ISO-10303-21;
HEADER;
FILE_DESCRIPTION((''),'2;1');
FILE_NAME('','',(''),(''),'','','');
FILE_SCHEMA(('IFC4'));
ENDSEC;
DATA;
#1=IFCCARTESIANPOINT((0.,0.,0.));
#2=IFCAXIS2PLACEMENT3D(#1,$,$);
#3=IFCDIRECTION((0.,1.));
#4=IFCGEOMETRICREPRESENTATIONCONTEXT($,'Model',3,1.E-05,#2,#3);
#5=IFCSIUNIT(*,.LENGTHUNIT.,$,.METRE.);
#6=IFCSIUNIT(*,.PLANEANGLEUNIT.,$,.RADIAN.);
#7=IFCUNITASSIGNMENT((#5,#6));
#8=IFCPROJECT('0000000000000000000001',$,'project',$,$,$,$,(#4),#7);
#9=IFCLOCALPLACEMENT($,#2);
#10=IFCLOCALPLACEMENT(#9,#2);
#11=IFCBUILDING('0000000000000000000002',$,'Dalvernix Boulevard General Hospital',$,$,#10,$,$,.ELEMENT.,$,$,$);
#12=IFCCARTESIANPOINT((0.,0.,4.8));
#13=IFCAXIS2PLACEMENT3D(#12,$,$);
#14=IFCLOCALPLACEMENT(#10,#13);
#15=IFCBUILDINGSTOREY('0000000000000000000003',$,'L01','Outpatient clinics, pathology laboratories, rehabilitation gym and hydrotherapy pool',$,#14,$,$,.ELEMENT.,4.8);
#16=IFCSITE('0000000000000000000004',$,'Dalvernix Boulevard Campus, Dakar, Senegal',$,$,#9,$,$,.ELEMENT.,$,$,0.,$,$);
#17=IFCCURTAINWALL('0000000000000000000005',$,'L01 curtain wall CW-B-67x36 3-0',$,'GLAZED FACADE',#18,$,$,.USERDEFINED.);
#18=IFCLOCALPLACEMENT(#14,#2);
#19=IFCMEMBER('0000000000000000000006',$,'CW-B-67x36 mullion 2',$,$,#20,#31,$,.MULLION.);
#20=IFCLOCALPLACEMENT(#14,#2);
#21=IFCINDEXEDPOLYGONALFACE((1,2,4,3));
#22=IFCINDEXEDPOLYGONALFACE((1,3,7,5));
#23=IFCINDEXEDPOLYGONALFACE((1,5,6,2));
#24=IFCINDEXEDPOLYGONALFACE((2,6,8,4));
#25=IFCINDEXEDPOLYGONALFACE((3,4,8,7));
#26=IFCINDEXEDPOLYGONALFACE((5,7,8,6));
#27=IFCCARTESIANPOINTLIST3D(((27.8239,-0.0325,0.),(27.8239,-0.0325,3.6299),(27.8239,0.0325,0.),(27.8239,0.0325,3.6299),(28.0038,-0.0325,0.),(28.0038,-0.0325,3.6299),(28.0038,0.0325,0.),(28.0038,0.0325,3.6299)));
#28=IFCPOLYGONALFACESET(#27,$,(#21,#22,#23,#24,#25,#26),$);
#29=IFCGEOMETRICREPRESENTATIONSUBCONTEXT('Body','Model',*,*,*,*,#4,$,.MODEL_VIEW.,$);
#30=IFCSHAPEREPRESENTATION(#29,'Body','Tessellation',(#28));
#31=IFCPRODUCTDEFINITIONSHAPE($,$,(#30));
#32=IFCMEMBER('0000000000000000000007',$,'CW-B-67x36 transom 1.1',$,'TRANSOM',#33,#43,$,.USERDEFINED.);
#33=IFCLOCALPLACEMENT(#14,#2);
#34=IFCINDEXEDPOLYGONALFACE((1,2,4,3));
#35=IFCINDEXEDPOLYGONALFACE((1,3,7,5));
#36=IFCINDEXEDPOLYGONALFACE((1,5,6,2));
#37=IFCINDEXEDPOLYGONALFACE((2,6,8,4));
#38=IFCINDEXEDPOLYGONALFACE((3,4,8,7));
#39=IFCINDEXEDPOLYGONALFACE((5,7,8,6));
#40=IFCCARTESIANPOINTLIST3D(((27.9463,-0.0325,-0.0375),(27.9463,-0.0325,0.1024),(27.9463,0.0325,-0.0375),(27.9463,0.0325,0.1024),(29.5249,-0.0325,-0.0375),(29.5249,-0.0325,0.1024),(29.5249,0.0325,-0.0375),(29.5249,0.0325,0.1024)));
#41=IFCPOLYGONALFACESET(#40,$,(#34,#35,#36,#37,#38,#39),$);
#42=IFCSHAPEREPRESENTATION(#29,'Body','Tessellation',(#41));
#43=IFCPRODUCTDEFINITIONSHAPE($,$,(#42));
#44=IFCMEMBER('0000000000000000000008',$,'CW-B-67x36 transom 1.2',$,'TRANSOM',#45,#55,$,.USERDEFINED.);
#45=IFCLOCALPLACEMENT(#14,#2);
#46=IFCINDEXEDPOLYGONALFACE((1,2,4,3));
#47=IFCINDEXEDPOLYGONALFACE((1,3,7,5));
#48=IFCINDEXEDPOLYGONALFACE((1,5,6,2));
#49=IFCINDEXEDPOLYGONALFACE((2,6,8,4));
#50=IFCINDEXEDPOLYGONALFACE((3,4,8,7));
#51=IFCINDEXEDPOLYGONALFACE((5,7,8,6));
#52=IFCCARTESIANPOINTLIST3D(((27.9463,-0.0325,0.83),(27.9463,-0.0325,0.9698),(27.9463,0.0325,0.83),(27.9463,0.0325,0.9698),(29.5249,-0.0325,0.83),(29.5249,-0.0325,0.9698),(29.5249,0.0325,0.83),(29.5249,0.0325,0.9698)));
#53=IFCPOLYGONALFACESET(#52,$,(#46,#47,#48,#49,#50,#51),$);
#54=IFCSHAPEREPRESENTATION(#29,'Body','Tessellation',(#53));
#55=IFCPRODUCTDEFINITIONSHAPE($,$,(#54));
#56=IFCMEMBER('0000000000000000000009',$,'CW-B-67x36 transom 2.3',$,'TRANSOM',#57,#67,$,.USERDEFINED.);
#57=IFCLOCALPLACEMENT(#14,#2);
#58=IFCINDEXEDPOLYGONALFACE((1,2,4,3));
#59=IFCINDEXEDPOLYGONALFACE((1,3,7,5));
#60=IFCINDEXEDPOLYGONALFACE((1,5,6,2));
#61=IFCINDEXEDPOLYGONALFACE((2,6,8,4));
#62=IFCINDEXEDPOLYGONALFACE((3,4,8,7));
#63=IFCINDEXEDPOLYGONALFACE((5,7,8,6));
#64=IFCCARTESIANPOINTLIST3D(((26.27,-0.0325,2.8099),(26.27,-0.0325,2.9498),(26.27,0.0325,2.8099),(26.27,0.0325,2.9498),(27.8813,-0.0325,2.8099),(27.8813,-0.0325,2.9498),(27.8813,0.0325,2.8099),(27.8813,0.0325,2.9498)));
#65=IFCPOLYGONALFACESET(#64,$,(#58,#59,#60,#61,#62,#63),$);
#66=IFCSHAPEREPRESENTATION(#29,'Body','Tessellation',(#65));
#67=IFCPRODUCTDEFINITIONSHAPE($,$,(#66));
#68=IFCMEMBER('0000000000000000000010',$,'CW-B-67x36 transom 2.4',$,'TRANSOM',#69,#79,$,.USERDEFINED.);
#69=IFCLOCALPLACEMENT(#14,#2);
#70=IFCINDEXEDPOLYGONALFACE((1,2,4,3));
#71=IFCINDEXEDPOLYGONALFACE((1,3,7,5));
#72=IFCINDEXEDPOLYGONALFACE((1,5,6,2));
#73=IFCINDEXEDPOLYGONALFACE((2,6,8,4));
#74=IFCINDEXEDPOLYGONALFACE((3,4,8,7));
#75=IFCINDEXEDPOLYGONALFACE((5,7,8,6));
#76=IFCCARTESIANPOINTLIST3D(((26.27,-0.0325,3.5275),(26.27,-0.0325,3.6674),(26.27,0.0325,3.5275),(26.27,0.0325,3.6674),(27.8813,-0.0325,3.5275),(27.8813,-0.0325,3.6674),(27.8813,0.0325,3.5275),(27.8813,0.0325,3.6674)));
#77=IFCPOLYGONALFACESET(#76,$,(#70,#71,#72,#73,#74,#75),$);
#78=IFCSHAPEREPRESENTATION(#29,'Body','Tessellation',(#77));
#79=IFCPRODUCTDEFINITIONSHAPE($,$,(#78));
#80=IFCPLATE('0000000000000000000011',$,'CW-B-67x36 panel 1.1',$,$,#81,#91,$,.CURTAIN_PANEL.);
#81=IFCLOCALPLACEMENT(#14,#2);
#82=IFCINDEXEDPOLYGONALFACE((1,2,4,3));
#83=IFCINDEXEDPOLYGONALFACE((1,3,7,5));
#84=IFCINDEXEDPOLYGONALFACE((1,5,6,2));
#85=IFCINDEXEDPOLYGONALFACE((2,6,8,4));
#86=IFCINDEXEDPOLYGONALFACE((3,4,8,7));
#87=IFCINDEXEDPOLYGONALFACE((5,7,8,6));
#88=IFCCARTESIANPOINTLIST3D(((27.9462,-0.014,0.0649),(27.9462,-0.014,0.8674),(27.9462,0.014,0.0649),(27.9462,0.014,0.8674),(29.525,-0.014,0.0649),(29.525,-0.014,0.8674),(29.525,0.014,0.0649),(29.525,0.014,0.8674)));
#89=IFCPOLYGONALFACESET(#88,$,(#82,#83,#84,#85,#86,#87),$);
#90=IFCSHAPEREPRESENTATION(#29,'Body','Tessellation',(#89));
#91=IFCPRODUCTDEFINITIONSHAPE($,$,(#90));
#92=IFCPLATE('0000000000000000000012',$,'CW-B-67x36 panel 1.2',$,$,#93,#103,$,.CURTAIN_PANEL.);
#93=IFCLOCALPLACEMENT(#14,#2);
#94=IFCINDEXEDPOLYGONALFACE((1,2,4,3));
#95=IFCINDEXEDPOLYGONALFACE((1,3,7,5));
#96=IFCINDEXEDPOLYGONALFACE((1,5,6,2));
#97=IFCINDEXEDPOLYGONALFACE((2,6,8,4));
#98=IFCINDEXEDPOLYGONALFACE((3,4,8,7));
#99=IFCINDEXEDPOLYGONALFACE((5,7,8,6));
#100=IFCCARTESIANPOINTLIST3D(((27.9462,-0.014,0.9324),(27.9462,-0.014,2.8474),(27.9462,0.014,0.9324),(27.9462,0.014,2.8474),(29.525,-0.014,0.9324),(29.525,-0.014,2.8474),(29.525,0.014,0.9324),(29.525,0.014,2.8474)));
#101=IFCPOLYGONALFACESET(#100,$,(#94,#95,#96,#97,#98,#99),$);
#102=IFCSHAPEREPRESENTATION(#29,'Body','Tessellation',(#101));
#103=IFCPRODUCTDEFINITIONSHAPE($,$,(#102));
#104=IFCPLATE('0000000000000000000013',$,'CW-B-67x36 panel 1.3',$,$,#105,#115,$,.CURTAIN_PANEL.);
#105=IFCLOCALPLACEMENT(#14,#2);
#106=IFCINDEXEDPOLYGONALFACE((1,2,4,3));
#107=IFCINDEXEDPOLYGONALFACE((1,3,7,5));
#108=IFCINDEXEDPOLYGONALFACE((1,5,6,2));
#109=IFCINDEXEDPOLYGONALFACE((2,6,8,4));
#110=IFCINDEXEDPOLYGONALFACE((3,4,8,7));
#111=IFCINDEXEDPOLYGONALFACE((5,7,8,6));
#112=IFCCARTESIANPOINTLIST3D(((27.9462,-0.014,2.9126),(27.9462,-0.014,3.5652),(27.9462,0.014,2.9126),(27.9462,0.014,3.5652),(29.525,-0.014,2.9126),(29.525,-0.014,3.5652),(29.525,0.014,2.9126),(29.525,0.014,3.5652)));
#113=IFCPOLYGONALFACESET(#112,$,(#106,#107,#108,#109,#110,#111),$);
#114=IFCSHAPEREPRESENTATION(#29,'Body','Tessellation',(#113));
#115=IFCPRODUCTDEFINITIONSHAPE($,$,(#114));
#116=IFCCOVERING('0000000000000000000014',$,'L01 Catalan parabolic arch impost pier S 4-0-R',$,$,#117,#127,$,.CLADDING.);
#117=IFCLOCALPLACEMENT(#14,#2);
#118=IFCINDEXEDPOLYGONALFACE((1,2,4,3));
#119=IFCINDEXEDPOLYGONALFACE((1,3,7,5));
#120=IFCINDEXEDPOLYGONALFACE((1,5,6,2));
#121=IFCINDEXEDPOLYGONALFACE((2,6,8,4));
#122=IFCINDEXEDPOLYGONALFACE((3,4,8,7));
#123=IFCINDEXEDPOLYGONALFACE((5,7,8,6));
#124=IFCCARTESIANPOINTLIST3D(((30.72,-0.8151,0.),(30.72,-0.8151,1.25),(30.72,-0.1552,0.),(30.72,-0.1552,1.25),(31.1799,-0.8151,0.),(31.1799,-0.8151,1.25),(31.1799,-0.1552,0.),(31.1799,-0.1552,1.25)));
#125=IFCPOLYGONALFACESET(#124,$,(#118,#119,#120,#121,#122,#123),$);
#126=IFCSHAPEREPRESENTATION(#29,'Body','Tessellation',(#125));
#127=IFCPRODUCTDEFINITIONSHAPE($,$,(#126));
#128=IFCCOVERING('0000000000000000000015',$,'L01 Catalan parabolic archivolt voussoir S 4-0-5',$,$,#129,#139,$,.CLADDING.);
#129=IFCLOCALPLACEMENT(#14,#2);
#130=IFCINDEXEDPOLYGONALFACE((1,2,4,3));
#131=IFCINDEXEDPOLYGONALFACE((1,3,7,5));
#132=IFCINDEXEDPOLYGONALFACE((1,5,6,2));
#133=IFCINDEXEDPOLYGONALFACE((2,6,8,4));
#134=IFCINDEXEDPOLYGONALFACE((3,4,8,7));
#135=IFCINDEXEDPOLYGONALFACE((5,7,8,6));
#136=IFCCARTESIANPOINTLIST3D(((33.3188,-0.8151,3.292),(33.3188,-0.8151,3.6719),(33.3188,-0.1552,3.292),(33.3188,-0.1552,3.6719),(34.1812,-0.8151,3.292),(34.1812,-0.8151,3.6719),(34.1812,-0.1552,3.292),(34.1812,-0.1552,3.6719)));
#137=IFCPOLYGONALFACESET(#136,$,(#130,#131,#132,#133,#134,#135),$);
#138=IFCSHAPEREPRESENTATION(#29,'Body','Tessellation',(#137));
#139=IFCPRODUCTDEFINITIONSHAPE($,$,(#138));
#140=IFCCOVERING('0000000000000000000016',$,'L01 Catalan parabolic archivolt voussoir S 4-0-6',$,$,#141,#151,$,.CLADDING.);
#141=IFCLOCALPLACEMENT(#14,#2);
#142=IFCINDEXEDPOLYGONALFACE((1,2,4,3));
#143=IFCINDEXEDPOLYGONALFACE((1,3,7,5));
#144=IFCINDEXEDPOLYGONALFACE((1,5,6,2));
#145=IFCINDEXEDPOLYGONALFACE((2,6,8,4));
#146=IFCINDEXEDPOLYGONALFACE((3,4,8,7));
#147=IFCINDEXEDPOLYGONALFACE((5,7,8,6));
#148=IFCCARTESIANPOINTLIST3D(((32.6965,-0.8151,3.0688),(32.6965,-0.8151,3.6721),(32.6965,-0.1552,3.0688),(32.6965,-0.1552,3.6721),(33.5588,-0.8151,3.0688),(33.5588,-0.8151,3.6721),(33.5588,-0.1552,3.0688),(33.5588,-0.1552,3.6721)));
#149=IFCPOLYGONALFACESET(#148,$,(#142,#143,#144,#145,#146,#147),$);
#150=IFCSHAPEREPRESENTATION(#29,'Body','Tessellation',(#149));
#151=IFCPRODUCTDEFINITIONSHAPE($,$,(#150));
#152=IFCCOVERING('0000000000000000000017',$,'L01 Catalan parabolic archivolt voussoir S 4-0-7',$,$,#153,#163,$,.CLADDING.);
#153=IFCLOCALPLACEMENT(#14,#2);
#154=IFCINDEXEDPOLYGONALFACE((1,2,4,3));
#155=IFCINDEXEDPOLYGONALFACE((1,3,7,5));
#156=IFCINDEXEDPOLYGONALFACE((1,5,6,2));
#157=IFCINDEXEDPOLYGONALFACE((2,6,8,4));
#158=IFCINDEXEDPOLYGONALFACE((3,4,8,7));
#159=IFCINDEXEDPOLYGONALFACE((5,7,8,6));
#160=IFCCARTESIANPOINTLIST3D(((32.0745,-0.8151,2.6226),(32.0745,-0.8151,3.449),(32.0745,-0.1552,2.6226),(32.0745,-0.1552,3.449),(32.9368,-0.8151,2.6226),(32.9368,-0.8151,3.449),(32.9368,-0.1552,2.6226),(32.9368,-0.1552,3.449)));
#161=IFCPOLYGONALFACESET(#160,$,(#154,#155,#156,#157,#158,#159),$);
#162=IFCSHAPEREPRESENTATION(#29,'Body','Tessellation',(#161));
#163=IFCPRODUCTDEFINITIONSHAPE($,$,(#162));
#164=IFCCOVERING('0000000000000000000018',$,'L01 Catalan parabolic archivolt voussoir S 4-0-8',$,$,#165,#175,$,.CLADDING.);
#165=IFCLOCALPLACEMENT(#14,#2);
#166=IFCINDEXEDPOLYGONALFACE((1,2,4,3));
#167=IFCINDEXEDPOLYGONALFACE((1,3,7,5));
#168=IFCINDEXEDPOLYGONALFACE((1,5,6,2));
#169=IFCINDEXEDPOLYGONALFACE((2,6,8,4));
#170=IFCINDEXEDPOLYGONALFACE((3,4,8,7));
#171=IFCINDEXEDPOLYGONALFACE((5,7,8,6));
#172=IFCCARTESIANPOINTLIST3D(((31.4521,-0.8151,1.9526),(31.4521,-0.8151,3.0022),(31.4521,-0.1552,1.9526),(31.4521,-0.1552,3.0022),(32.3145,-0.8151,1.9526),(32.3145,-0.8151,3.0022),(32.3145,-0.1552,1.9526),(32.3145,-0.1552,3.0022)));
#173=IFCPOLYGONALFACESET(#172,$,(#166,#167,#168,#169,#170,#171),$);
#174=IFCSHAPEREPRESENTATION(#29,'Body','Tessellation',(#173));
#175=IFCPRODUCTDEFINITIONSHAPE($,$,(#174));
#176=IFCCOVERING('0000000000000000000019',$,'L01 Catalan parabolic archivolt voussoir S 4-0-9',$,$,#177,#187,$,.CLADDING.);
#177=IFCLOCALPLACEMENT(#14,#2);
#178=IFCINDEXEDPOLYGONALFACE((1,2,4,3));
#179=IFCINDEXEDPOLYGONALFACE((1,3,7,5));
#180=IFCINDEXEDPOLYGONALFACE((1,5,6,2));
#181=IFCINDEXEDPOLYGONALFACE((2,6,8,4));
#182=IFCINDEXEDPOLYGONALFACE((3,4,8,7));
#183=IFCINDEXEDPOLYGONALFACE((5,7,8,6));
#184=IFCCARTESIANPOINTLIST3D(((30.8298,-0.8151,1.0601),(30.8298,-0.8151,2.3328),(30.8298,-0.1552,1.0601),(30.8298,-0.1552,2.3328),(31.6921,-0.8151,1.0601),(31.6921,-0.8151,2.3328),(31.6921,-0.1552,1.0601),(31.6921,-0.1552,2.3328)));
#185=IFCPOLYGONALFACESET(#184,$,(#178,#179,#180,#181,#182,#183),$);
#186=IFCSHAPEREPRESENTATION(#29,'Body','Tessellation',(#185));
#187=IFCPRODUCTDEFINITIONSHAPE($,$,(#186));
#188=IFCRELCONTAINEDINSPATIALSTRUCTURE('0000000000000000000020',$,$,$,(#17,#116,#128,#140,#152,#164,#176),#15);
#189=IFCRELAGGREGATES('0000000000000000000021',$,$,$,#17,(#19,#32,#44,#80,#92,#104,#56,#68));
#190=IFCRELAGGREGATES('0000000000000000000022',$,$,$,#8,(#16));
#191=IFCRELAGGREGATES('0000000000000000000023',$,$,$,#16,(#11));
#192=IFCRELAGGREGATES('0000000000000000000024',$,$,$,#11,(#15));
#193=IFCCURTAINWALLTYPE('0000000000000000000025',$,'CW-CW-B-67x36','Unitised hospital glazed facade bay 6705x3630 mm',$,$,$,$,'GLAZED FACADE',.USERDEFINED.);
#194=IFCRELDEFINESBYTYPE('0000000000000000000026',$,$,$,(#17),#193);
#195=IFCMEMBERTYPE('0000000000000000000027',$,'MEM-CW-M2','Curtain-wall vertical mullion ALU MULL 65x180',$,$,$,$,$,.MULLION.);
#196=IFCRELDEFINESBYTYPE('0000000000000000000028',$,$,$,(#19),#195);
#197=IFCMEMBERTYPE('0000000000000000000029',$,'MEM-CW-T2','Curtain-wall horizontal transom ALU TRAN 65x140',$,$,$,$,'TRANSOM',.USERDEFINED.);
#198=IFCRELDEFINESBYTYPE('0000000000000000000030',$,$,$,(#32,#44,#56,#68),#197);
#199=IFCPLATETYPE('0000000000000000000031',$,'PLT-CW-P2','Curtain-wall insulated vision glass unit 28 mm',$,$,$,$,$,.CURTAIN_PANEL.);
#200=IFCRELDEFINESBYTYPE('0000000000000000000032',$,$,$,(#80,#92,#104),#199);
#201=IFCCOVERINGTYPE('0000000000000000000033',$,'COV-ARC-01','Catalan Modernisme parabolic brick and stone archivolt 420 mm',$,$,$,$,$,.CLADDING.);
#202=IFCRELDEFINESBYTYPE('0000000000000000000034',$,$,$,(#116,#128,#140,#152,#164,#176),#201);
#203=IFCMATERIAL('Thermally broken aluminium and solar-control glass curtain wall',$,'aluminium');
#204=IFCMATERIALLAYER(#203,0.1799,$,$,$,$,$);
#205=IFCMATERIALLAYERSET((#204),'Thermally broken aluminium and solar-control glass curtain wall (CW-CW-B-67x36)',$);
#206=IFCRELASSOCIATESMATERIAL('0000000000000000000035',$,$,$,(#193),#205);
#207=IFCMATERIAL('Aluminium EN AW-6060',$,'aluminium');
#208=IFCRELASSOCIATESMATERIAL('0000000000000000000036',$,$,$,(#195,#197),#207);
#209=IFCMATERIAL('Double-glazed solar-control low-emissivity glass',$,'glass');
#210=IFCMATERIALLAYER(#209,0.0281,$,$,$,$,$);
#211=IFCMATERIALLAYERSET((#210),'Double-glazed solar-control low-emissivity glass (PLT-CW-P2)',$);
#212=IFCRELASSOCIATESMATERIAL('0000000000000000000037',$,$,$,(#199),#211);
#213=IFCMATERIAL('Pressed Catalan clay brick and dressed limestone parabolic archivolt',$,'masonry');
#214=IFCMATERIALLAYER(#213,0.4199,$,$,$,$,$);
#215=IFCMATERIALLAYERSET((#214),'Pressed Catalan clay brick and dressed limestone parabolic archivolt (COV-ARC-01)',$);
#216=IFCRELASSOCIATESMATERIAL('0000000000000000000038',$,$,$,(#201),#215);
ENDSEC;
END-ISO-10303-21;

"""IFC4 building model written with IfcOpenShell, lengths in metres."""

from ifc_helpers import new_model, si_unit, direction, frame, origin, origin_2d, place, context, subcontext, project, spatial, rectangle, extrude, material, layer, layer_set, material_profile, profile_set, type_object, element, aggregate, save


model = new_model("IFC4")

# Units and contexts
model_context = context("Model", 3, precision=1e-05, world=origin(), true_north=direction((0.0, 1.0)))
body_context = subcontext(model_context, "Body", "Model", "MODEL_VIEW")
ifc_project = project(units=[si_unit("LENGTHUNIT", "METRE"), si_unit("PLANEANGLEUNIT", "RADIAN")], contexts=[model_context])

# Site, building, storey
site_placement = place(None, origin())
site = spatial("IfcSite", under=ifc_project, at=site_placement, Name="Dalvernix Boulevard Campus, Dakar, Senegal", CompositionType="ELEMENT", RefElevation=0.0)
building_placement = place(site_placement, origin())
building = spatial("IfcBuilding", under=site, at=building_placement, Name="Dalvernix Boulevard General Hospital", CompositionType="ELEMENT")
storey_placement = place(building_placement, frame((0.0, 0.0, 4.8)))
storey = spatial("IfcBuildingStorey", under=building, at=storey_placement, Name="L01", Description="Outpatient clinics, pathology laboratories, rehabilitation gym and hydrotherapy pool", CompositionType="ELEMENT", Elevation=4.8)

# Curtain wall, members, plates
ifc_material_1 = material(Name="Thermally broken aluminium and solar-control glass curtain wall", Category="aluminium")
ifc_layer_1 = layer(ifc_material_1, 0.1799)
ifc_layer_set_1 = layer_set([ifc_layer_1], Name="Thermally broken aluminium and solar-control glass curtain wall (CW-CW-B-67x36)")
curtain_wall_type = type_object("IfcCurtainWallType", Name="CW-CW-B-67x36", Description="Unitised hospital glazed facade bay 6705x3630 mm", ElementType="GLAZED FACADE", PredefinedType="USERDEFINED", material=ifc_layer_set_1)
curtain_wall_placement = place(storey_placement, origin())
curtain_wall = element("IfcCurtainWall", 1, at=curtain_wall_placement, inside=storey, type_object=curtain_wall_type, Name="L01 curtain wall CW-B-67x36 3-0", ObjectType="GLAZED FACADE", PredefinedType="USERDEFINED")
ifc_material_2 = material(Name="Aluminium EN AW-6060", Category="aluminium")
ifc_material_profile_1 = material_profile(ifc_material_2, rectangle(XDim=0.0649, YDim=0.1799, at=origin_2d()), Name="ALU MULL 65x180")
ifc_profile_set_1 = profile_set([ifc_material_profile_1], Name="Aluminium EN AW-6060")
member_type_1 = type_object("IfcMemberType", Name="MEM-CW-M2", Description="Curtain-wall vertical mullion ALU MULL 65x180", PredefinedType="MULLION", material=ifc_profile_set_1)
member_1_placement = place(storey_placement, frame((27.9138, 0.0, 0.0), z_axis=(0.0, 0.0, 1.0), x_axis=(0.0, -1.0, 0.0)))
member_1 = element("IfcMember", 2, at=member_1_placement, type_object=member_type_1, Name="CW-B-67x36 mullion 2", PredefinedType="MULLION", context=body_context, shape_type="SweptSolid", body=[
    extrude(rectangle(XDim=0.0649, YDim=0.1799, at=origin_2d()), origin(), (0.0, 0.0, 1.0), 3.6299),
])
ifc_material_profile_2 = material_profile(ifc_material_2, rectangle(XDim=0.0649, YDim=0.1399, at=origin_2d()), Name="ALU TRAN 65x140")
ifc_profile_set_2 = profile_set([ifc_material_profile_2], Name="Aluminium EN AW-6060")
member_type_2 = type_object("IfcMemberType", Name="MEM-CW-T2", Description="Curtain-wall horizontal transom ALU TRAN 65x140", ElementType="TRANSOM", PredefinedType="USERDEFINED", material=ifc_profile_set_2)
member_2_placement = place(storey_placement, frame((29.5249, 0.0, 0.0325), z_axis=(-1.0, 0.0, 0.0), x_axis=(0.0, -1.0, 0.0)))
member_2 = element("IfcMember", 3, at=member_2_placement, type_object=member_type_2, Name="CW-B-67x36 transom 1.1", ObjectType="TRANSOM", PredefinedType="USERDEFINED", context=body_context, shape_type="SweptSolid", body=[
    extrude(rectangle(XDim=0.0649, YDim=0.1399, at=origin_2d()), origin(), (0.0, 0.0, 1.0), 1.5786),
])
member_3_placement = place(storey_placement, frame((29.5249, 0.0, 0.8999), z_axis=(-1.0, 0.0, 0.0), x_axis=(0.0, -1.0, 0.0)))
member_3 = element("IfcMember", 4, at=member_3_placement, type_object=member_type_2, Name="CW-B-67x36 transom 1.2", ObjectType="TRANSOM", PredefinedType="USERDEFINED", context=body_context, shape_type="SweptSolid", body=[
    extrude(rectangle(XDim=0.0649, YDim=0.1399, at=origin_2d()), origin(), (0.0, 0.0, 1.0), 1.5786),
])
member_4_placement = place(storey_placement, frame((27.8813, 0.0, 2.8799), z_axis=(-1.0, 0.0, 0.0), x_axis=(0.0, -1.0, 0.0)))
member_4 = element("IfcMember", 5, at=member_4_placement, type_object=member_type_2, Name="CW-B-67x36 transom 2.3", ObjectType="TRANSOM", PredefinedType="USERDEFINED", context=body_context, shape_type="SweptSolid", body=[
    extrude(rectangle(XDim=0.0649, YDim=0.1399, at=origin_2d()), origin(), (0.0, 0.0, 1.0), 1.6113),
])
member_5_placement = place(storey_placement, frame((27.8813, 0.0, 3.5974), z_axis=(-1.0, 0.0, 0.0), x_axis=(0.0, -1.0, 0.0)))
member_5 = element("IfcMember", 6, at=member_5_placement, type_object=member_type_2, Name="CW-B-67x36 transom 2.4", ObjectType="TRANSOM", PredefinedType="USERDEFINED", context=body_context, shape_type="SweptSolid", body=[
    extrude(rectangle(XDim=0.0649, YDim=0.1399, at=origin_2d()), origin(), (0.0, 0.0, 1.0), 1.6113),
])
ifc_material_3 = material(Name="Double-glazed solar-control low-emissivity glass", Category="glass")
ifc_layer_2 = layer(ifc_material_3, 0.0281)
ifc_layer_set_2 = layer_set([ifc_layer_2], Name="Double-glazed solar-control low-emissivity glass (PLT-CW-P2)")
plate_type = type_object("IfcPlateType", Name="PLT-CW-P2", Description="Curtain-wall insulated vision glass unit 28 mm", PredefinedType="CURTAIN_PANEL", material=ifc_layer_set_2)
plate_1_placement = place(storey_placement, frame((28.7356, 0.0, 0.0649), z_axis=(0.0, 0.0, 1.0), x_axis=(-1.0, 0.0, 0.0)))
plate_1 = element("IfcPlate", 7, at=plate_1_placement, type_object=plate_type, Name="CW-B-67x36 panel 1.1", PredefinedType="CURTAIN_PANEL", context=body_context, shape_type="SweptSolid", body=[
    extrude(rectangle(XDim=1.5789, YDim=0.0281, at=origin_2d()), origin(), (0.0, 0.0, 1.0), 0.8025),
])
plate_2_placement = place(storey_placement, frame((28.7356, 0.0, 0.9324), z_axis=(0.0, 0.0, 1.0), x_axis=(-1.0, 0.0, 0.0)))
plate_2 = element("IfcPlate", 8, at=plate_2_placement, type_object=plate_type, Name="CW-B-67x36 panel 1.2", PredefinedType="CURTAIN_PANEL", context=body_context, shape_type="SweptSolid", body=[
    extrude(rectangle(XDim=1.5789, YDim=0.0281, at=origin_2d()), origin(), (0.0, 0.0, 1.0), 1.915),
])
plate_3_placement = place(storey_placement, frame((28.7356, 0.0, 2.9126), z_axis=(0.0, 0.0, 1.0), x_axis=(-1.0, 0.0, 0.0)))
plate_3 = element("IfcPlate", 9, at=plate_3_placement, type_object=plate_type, Name="CW-B-67x36 panel 1.3", PredefinedType="CURTAIN_PANEL", context=body_context, shape_type="SweptSolid", body=[
    extrude(rectangle(XDim=1.5789, YDim=0.0281, at=origin_2d()), origin(), (0.0, 0.0, 1.0), 0.6526),
])
aggregate(curtain_wall, [member_1, member_2, member_3, plate_1, plate_2, plate_3, member_4, member_5])

# Coverings
ifc_material_4 = material(Name="Pressed Catalan clay brick and dressed limestone parabolic archivolt", Category="masonry")
ifc_layer_3 = layer(ifc_material_4, 0.4199)
ifc_layer_set_3 = layer_set([ifc_layer_3], Name="Pressed Catalan clay brick and dressed limestone parabolic archivolt (COV-ARC-01)")
covering_type_1 = type_object("IfcCoveringType", Name="COV-ARC-01", Description="Catalan Modernisme parabolic brick and stone archivolt 420 mm", PredefinedType="CLADDING", material=ifc_layer_set_3)
covering_1_placement = place(storey_placement, frame((30.95, -0.4851, 0.0), z_axis=(0.0, 0.0, 1.0), x_axis=(-1.0, 0.0, 0.0)))
element("IfcCovering", 10, at=covering_1_placement, inside=storey, type_object=covering_type_1, Name="L01 Catalan parabolic arch impost pier S 4-0-R", PredefinedType="CLADDING", context=body_context, shape_type="SweptSolid", body=[
    extrude(rectangle(XDim=0.46, YDim=0.6599, at=origin_2d()), origin(), (0.0, 0.0, 1.0), 1.25),
])
covering_2_placement = place(storey_placement, frame((33.75, -0.4851, 3.292), z_axis=(0.0, 0.0, 1.0), x_axis=(-1.0, 0.0, 0.0)))
element("IfcCovering", 11, at=covering_2_placement, inside=storey, type_object=covering_type_1, Name="L01 Catalan parabolic archivolt voussoir S 4-0-5", PredefinedType="CLADDING", context=body_context, shape_type="SweptSolid", body=[
    extrude(rectangle(XDim=0.8623, YDim=0.6599, at=origin_2d()), origin(), (0.0, 0.0, 1.0), 0.3799),
])
covering_3_placement = place(storey_placement, frame((33.1277, -0.4851, 3.0688), z_axis=(0.0, 0.0, 1.0), x_axis=(-1.0, 0.0, 0.0)))
element("IfcCovering", 12, at=covering_3_placement, inside=storey, type_object=covering_type_1, Name="L01 Catalan parabolic archivolt voussoir S 4-0-6", PredefinedType="CLADDING", context=body_context, shape_type="SweptSolid", body=[
    extrude(rectangle(XDim=0.8623, YDim=0.6599, at=origin_2d()), origin(), (0.0, 0.0, 1.0), 0.6033),
])
covering_4_placement = place(storey_placement, frame((32.5056, -0.4851, 2.6226), z_axis=(0.0, 0.0, 1.0), x_axis=(-1.0, 0.0, 0.0)))
element("IfcCovering", 13, at=covering_4_placement, inside=storey, type_object=covering_type_1, Name="L01 Catalan parabolic archivolt voussoir S 4-0-7", PredefinedType="CLADDING", context=body_context, shape_type="SweptSolid", body=[
    extrude(rectangle(XDim=0.8623, YDim=0.6599, at=origin_2d()), origin(), (0.0, 0.0, 1.0), 0.8264),
])
covering_5_placement = place(storey_placement, frame((31.8833, -0.4851, 1.9526), z_axis=(0.0, 0.0, 1.0), x_axis=(-1.0, 0.0, 0.0)))
element("IfcCovering", 14, at=covering_5_placement, inside=storey, type_object=covering_type_1, Name="L01 Catalan parabolic archivolt voussoir S 4-0-8", PredefinedType="CLADDING", context=body_context, shape_type="SweptSolid", body=[
    extrude(rectangle(XDim=0.8623, YDim=0.6599, at=origin_2d()), origin(), (0.0, 0.0, 1.0), 1.0496),
])
covering_6_placement = place(storey_placement, frame((31.261, -0.4851, 1.0601), z_axis=(0.0, 0.0, 1.0), x_axis=(-1.0, 0.0, 0.0)))
element("IfcCovering", 15, at=covering_6_placement, inside=storey, type_object=covering_type_1, Name="L01 Catalan parabolic archivolt voussoir S 4-0-9", PredefinedType="CLADDING", context=body_context, shape_type="SweptSolid", body=[
    extrude(rectangle(XDim=0.8623, YDim=0.6599, at=origin_2d()), origin(), (0.0, 0.0, 1.0), 1.2727),
])

save(model, "model.ifc")
